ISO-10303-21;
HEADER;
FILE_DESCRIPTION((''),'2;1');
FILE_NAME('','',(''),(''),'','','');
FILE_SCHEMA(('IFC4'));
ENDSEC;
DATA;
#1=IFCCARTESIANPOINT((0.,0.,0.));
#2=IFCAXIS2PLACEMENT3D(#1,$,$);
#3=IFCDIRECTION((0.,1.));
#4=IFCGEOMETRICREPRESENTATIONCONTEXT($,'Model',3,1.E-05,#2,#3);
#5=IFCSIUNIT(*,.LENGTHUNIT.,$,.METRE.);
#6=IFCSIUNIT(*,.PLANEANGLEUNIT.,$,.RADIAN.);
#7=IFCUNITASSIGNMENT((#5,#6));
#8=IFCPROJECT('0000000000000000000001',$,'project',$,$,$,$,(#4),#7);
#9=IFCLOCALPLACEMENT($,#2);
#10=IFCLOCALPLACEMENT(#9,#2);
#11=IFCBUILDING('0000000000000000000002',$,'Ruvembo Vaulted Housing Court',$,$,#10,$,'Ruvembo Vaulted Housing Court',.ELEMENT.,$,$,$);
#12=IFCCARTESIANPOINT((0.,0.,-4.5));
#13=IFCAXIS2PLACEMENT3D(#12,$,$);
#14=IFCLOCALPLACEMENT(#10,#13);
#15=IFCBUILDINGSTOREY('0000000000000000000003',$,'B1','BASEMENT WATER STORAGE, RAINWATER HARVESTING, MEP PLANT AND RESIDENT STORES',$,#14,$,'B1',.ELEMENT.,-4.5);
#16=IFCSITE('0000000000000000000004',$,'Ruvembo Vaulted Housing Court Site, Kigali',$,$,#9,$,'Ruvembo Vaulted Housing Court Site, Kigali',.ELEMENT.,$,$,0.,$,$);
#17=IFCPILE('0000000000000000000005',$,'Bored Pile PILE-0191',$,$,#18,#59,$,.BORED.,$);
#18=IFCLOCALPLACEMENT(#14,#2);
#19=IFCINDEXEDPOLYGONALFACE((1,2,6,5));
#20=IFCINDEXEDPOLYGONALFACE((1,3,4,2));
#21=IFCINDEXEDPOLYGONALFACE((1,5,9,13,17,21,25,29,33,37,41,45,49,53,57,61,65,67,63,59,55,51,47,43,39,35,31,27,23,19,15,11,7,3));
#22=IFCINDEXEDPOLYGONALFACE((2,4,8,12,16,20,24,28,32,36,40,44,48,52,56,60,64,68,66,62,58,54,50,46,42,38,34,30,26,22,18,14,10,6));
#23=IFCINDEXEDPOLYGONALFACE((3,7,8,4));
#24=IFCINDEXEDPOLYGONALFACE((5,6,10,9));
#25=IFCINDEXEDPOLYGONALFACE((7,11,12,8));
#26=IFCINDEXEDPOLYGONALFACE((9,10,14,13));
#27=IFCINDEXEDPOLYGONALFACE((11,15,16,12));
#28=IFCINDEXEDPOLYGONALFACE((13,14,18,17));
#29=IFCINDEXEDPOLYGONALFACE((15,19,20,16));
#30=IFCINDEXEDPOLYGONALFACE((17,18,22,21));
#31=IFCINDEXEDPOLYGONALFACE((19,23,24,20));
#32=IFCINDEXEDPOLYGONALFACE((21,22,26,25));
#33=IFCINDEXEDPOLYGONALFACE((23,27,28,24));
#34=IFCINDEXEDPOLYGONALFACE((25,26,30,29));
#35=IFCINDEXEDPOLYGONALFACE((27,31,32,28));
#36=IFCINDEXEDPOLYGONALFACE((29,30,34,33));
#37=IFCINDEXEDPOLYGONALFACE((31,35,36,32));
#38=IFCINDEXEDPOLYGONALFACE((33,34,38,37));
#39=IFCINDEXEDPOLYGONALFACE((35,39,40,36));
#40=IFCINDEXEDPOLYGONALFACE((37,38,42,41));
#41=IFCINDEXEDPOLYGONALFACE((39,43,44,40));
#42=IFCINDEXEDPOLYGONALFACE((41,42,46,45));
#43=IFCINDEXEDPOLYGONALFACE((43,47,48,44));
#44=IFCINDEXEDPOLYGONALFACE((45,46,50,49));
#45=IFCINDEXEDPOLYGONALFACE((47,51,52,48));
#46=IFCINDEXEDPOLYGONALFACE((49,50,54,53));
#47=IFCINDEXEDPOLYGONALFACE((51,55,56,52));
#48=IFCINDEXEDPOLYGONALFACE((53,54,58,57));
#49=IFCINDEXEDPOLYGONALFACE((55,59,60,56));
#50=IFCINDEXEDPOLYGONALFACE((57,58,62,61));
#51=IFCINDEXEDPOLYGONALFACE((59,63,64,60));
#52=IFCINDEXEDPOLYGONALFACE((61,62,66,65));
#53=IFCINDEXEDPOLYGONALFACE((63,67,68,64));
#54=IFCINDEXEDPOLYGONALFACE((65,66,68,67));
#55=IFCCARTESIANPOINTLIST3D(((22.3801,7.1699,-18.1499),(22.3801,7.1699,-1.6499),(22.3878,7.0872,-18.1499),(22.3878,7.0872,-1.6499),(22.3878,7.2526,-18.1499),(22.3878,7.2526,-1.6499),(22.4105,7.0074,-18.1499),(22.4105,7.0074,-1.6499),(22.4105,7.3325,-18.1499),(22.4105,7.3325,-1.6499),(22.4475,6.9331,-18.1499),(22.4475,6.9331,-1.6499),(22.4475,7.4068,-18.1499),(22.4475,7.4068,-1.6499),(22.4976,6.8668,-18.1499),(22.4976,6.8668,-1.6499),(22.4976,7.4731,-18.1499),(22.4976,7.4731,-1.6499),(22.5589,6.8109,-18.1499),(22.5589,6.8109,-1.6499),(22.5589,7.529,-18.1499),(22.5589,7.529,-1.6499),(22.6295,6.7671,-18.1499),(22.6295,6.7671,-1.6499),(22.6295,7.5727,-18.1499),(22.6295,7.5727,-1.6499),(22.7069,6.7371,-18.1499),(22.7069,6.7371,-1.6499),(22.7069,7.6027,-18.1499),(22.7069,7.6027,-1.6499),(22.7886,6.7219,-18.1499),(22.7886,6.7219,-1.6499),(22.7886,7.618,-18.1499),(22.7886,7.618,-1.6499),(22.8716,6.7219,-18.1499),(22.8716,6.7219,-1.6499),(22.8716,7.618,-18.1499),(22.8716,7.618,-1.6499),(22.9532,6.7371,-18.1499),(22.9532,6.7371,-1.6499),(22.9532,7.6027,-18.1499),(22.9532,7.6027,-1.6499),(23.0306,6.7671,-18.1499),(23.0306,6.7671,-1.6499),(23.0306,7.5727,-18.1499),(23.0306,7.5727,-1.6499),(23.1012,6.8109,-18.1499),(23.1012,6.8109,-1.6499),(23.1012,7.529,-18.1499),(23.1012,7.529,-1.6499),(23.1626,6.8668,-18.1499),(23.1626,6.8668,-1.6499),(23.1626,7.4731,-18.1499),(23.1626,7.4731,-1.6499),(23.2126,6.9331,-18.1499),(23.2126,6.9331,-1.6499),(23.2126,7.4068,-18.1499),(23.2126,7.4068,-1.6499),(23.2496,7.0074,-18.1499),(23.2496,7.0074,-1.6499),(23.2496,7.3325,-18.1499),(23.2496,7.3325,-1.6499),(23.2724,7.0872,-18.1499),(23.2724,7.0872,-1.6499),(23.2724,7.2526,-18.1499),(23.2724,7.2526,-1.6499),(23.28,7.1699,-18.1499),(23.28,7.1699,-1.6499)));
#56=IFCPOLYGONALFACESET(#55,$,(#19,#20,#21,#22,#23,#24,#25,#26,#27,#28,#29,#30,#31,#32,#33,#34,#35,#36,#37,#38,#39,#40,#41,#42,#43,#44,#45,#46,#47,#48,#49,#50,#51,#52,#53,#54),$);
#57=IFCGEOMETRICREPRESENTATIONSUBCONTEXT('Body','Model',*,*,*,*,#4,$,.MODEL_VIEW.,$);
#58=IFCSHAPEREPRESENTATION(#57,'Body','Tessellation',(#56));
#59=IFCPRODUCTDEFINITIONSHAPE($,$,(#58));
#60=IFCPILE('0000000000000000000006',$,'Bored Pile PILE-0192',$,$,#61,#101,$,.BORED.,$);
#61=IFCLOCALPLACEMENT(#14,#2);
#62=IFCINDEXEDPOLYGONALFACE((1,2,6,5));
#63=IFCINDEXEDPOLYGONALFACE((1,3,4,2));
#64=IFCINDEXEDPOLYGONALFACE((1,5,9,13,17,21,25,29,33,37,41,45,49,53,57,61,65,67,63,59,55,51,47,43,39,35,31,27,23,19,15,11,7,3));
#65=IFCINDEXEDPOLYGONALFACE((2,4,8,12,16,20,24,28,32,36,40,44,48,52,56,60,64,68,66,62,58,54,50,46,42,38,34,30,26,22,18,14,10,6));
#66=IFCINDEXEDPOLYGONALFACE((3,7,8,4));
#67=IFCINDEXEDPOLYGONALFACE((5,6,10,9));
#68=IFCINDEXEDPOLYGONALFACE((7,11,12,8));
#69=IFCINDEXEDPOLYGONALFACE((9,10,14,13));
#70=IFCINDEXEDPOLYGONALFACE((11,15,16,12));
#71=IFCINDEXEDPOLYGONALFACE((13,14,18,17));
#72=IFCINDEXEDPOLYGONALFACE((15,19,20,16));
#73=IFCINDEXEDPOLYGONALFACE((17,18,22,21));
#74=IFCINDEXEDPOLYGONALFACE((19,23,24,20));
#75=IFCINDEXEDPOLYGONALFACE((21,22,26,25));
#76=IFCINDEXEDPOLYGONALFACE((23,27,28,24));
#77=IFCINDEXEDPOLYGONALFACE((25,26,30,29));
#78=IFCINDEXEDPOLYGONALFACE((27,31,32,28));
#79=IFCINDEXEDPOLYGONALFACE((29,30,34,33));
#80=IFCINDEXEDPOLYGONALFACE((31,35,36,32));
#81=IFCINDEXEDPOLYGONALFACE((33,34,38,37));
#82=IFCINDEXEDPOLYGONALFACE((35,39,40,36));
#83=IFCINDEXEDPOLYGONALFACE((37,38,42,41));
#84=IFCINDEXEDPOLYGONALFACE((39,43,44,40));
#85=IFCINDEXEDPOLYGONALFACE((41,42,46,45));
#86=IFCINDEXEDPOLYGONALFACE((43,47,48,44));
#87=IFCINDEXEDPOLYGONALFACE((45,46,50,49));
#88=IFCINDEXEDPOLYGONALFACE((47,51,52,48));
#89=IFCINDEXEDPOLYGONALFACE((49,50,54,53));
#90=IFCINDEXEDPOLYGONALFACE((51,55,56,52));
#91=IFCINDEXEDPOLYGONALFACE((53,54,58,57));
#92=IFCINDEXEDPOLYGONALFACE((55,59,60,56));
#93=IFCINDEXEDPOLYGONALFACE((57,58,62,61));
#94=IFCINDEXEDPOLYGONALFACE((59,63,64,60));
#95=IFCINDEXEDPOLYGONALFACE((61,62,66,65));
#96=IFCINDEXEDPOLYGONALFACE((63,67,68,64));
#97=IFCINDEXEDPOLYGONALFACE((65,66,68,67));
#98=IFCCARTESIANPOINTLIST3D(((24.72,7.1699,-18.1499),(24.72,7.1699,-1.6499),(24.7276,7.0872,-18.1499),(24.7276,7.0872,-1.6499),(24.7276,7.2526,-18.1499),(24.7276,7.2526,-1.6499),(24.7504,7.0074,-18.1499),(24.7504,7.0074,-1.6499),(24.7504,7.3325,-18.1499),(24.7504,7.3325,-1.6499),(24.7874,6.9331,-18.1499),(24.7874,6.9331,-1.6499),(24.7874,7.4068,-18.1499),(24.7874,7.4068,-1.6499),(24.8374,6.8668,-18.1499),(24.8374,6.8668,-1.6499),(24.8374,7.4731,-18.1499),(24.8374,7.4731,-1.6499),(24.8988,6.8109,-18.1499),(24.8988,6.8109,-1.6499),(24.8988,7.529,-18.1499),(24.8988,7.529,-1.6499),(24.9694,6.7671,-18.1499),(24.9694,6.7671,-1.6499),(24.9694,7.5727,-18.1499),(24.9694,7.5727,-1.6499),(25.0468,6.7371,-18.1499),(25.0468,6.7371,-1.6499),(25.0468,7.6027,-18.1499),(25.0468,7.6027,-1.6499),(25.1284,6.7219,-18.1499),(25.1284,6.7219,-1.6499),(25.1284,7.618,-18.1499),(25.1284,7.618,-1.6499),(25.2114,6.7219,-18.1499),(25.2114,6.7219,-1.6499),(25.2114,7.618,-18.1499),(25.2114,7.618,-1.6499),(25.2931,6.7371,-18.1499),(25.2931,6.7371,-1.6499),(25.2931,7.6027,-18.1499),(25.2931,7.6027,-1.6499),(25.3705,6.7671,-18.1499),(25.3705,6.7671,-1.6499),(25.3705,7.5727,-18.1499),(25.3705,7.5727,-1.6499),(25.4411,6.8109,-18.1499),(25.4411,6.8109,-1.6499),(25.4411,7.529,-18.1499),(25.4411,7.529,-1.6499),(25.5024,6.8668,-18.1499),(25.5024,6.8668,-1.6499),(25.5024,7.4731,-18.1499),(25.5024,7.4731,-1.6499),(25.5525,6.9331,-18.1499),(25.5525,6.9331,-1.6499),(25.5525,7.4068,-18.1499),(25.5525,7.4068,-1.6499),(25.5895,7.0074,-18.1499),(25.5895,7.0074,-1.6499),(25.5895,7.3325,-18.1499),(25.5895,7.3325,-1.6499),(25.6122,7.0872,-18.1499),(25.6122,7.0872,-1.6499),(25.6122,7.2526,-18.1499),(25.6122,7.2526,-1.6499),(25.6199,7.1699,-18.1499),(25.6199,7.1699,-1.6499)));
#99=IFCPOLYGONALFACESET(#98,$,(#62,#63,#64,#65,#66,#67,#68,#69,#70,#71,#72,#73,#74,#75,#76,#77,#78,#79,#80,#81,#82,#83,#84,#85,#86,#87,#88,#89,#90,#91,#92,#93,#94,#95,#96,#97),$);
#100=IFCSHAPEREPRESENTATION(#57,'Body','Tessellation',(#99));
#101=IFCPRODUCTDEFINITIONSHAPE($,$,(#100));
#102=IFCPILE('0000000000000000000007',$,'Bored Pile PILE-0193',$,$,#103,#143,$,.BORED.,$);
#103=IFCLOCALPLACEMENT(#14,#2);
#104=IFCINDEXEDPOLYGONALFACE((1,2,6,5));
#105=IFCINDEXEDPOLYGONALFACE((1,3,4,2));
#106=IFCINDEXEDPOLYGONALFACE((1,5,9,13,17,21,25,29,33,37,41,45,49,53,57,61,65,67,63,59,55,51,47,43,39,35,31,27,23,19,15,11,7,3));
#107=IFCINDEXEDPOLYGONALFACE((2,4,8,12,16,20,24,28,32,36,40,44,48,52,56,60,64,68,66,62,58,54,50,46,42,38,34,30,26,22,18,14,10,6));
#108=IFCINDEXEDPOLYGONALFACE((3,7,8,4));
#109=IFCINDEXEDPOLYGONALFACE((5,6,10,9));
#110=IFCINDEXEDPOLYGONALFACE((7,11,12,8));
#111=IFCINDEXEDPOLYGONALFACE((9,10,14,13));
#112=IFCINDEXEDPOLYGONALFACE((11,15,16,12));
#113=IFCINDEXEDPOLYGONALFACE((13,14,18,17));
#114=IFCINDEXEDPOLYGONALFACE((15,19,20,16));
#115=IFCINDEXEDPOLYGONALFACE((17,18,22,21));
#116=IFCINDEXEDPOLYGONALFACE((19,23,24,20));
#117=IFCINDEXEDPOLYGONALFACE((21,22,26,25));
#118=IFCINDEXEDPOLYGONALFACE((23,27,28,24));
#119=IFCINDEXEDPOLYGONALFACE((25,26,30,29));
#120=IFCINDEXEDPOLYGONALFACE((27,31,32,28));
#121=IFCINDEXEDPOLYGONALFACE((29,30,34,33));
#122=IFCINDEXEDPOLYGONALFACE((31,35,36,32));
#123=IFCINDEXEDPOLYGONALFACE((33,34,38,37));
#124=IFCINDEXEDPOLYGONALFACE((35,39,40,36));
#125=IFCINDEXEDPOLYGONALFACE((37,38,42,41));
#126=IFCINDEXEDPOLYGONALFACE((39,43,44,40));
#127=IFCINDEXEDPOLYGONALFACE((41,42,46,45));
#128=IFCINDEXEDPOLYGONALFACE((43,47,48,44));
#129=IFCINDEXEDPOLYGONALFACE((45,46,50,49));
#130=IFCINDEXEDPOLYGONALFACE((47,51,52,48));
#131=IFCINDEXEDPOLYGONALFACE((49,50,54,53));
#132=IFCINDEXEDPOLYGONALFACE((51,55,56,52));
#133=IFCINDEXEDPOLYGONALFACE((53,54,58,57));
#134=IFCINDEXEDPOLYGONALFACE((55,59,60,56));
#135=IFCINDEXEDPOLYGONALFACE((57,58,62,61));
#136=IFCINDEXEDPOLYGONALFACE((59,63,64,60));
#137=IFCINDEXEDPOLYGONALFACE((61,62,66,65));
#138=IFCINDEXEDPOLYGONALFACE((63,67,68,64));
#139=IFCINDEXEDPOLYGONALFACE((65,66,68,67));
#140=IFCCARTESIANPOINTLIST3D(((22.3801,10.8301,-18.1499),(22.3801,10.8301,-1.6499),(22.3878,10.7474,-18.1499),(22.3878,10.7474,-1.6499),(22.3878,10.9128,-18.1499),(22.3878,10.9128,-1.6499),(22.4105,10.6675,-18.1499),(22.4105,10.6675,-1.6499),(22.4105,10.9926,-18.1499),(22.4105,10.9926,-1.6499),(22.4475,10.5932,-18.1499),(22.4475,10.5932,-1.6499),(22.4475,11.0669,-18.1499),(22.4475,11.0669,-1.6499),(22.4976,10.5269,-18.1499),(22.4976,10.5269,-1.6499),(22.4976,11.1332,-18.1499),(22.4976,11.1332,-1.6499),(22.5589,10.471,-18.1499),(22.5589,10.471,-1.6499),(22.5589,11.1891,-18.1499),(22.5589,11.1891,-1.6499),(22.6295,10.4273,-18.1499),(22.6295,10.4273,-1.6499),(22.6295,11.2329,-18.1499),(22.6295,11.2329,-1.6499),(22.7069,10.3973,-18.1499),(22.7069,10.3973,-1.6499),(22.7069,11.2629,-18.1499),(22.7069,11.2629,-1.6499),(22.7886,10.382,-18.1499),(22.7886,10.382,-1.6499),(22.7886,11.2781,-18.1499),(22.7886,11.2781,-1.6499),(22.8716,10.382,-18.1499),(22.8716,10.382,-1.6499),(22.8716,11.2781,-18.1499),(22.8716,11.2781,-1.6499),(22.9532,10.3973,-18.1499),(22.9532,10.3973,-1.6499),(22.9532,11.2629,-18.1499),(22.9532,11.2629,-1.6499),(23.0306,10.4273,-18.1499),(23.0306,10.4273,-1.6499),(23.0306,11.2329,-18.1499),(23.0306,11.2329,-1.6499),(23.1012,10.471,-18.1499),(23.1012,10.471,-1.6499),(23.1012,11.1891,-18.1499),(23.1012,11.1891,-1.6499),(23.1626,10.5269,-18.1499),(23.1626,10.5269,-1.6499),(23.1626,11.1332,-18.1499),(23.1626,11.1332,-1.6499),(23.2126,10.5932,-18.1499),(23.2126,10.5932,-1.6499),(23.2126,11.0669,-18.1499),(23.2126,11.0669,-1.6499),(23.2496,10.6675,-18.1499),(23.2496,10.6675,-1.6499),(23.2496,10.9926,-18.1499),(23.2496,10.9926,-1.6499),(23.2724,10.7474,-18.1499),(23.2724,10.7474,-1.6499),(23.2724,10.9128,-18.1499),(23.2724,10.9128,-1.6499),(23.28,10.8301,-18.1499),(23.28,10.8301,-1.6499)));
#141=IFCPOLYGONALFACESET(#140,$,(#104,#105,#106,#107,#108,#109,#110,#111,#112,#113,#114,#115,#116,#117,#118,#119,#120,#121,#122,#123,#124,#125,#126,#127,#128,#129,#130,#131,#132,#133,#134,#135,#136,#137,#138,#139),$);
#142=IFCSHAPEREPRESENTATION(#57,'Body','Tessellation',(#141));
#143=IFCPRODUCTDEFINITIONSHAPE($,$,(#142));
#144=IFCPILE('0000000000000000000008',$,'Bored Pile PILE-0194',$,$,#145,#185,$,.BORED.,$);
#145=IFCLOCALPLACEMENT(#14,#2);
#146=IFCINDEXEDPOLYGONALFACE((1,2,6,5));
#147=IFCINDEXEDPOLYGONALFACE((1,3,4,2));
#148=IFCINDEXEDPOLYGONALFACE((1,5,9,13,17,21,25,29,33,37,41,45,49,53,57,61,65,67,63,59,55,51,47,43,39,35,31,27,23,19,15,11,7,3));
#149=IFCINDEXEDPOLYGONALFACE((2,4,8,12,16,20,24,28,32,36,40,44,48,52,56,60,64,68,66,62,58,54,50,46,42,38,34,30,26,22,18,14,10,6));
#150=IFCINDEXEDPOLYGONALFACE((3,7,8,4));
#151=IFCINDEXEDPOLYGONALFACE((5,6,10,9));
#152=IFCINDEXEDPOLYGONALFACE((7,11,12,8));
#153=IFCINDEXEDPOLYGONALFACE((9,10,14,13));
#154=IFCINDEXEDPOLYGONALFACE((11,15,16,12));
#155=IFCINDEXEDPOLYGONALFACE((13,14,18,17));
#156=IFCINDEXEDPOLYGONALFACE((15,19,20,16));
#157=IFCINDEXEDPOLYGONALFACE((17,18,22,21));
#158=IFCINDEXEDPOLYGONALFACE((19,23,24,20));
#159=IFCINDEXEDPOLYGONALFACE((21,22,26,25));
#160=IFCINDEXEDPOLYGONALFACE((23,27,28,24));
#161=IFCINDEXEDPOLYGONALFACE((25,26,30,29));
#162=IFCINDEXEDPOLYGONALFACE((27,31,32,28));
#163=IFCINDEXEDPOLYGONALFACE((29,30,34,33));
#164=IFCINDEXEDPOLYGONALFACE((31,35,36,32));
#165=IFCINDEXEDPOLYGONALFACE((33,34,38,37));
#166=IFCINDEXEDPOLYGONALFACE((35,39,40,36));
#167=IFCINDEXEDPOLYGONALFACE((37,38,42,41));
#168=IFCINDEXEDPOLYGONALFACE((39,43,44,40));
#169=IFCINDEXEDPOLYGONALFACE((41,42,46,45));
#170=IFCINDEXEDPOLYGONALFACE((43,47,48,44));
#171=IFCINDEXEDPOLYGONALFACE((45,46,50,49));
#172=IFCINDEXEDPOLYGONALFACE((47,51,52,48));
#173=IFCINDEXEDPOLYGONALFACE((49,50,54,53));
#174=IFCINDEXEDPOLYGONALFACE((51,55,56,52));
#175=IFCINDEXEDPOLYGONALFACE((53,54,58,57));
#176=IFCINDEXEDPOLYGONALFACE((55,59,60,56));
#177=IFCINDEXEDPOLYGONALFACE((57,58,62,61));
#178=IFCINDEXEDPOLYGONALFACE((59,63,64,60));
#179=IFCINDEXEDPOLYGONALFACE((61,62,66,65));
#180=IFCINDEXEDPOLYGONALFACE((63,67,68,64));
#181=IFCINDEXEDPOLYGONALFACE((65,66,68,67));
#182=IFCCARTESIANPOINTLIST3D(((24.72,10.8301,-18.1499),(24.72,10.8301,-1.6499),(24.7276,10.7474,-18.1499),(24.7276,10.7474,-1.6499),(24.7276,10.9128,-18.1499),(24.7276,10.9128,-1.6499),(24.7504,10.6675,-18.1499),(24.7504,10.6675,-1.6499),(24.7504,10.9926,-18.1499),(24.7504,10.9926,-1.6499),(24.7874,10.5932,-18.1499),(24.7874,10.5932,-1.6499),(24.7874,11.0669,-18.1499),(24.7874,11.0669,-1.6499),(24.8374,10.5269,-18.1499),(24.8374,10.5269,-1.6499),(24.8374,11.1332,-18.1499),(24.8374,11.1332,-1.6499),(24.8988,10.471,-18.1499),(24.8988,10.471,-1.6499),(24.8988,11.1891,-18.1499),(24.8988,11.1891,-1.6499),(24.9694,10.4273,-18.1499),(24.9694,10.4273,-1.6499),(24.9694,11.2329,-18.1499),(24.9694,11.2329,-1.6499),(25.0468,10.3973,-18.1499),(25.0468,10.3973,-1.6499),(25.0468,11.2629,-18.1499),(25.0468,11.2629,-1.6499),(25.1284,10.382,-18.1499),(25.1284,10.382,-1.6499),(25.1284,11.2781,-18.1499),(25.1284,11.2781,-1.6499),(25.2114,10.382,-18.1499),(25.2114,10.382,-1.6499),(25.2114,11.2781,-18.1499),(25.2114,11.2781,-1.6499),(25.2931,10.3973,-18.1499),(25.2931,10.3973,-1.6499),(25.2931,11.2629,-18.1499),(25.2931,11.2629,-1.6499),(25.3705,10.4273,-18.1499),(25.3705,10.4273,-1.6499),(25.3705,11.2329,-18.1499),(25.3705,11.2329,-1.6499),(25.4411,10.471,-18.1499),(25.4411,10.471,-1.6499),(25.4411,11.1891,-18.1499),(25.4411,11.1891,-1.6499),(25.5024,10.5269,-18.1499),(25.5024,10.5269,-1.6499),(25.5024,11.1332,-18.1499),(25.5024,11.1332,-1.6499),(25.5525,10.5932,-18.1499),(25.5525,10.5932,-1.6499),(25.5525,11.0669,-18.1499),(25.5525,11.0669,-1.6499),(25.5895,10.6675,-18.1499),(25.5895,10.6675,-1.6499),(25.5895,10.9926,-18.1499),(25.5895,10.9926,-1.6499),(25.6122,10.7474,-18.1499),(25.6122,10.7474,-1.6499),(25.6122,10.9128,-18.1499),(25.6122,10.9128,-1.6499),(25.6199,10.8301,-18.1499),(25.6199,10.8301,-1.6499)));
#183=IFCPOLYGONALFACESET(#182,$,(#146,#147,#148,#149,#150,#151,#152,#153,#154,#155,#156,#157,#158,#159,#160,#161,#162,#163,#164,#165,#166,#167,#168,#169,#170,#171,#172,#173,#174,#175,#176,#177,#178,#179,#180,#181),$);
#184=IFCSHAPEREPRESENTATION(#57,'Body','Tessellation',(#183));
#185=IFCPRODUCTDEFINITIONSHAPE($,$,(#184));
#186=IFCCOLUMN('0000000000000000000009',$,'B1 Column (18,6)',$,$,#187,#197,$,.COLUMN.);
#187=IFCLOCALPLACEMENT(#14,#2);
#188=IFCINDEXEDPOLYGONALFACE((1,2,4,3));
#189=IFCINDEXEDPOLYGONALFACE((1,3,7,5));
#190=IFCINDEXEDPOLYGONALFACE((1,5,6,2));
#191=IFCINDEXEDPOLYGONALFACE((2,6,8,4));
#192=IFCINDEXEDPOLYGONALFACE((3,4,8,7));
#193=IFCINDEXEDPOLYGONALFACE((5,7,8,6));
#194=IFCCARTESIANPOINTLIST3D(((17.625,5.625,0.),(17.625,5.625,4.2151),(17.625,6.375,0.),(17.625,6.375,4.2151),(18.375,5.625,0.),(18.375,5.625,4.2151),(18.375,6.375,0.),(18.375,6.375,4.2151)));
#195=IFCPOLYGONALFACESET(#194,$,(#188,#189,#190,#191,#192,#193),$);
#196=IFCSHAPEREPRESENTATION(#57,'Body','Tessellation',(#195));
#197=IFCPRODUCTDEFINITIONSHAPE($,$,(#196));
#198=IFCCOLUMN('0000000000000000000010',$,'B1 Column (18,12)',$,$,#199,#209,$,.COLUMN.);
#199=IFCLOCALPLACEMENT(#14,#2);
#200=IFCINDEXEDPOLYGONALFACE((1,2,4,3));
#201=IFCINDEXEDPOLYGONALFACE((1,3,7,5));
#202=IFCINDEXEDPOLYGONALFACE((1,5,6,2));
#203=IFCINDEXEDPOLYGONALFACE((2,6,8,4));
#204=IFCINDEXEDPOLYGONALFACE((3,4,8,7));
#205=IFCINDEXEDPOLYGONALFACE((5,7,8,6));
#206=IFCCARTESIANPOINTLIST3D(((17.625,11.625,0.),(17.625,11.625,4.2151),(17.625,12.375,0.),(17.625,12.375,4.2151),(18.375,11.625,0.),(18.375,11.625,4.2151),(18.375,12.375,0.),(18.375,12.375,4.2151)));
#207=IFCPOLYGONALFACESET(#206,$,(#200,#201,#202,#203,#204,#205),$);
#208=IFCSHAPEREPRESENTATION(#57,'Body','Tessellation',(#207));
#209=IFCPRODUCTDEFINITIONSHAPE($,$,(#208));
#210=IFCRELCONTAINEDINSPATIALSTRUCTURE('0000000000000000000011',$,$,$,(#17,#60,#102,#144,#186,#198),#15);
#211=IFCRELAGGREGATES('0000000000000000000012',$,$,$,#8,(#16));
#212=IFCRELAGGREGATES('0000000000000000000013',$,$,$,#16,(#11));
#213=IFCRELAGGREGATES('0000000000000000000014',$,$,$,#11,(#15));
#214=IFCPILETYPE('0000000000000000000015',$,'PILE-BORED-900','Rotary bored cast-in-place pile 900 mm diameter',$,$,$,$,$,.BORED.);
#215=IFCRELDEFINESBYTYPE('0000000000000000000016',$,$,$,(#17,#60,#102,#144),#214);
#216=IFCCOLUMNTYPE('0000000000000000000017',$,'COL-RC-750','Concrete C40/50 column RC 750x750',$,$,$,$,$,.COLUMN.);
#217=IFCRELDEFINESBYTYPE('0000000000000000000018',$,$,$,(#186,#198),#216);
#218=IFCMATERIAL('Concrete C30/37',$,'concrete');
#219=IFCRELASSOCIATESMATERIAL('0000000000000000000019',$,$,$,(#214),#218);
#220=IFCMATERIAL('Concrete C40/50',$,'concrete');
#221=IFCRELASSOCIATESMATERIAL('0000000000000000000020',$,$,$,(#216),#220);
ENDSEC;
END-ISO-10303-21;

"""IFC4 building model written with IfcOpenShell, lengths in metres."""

from ifc_helpers import new_model, si_unit, direction, frame, origin, origin_2d, place, context, subcontext, project, spatial, rectangle, circle, extrude, material, material_profile, profile_set, type_object, element, save


model = new_model("IFC4")

# Units and contexts
model_context = context("Model", 3, precision=1e-05, world=origin(), true_north=direction((0.0, 1.0)))
body_context = subcontext(model_context, "Body", "Model", "MODEL_VIEW")
ifc_project = project(units=[si_unit("LENGTHUNIT", "METRE"), si_unit("PLANEANGLEUNIT", "RADIAN")], contexts=[model_context])

# Site, building, storey
site_placement = place(None, origin())
site = spatial("IfcSite", under=ifc_project, at=site_placement, Name="Ruvembo Vaulted Housing Court Site, Kigali", LongName="Ruvembo Vaulted Housing Court Site, Kigali", CompositionType="ELEMENT", RefElevation=0.0)
building_placement = place(site_placement, origin())
building = spatial("IfcBuilding", under=site, at=building_placement, Name="Ruvembo Vaulted Housing Court", LongName="Ruvembo Vaulted Housing Court", CompositionType="ELEMENT")
storey_placement = place(building_placement, frame((0.0, 0.0, -4.5)))
storey = spatial("IfcBuildingStorey", under=building, at=storey_placement, Name="B1", Description="BASEMENT WATER STORAGE, RAINWATER HARVESTING, MEP PLANT AND RESIDENT STORES", LongName="B1", CompositionType="ELEMENT", Elevation=-4.5)

# Piles
ifc_material_1 = material(Name="Concrete C30/37", Category="concrete")
ifc_material_profile_1 = material_profile(ifc_material_1, circle(Radius=0.45, at=origin_2d()), Name="PILE D900")
ifc_profile_set_1 = profile_set([ifc_material_profile_1], Name="Concrete C30/37")
pile_type = type_object("IfcPileType", Name="PILE-BORED-900", Description="Rotary bored cast-in-place pile 900 mm diameter", PredefinedType="BORED", material=ifc_profile_set_1)
for number, where, z_axis, x_axis, name in (
    (1, (22.8301, 7.1699, -1.6499), (0.0, 0.0, -1.0), (1.0, 0.0, 0.0), "Bored Pile PILE-0191"),
    (2, (25.1699, 7.1699, -1.6499), (0.0, 0.0, -1.0), (1.0, 0.0, 0.0), "Bored Pile PILE-0192"),
    (3, (22.8301, 10.8301, -1.6499), (0.0, 0.0, -1.0), (1.0, 0.0, 0.0), "Bored Pile PILE-0193"),
    (4, (25.1699, 10.8301, -1.6499), (0.0, 0.0, -1.0), (1.0, 0.0, 0.0), "Bored Pile PILE-0194"),
):
    element("IfcPile", number, at=place(storey_placement, frame(where, z_axis=z_axis, x_axis=x_axis)), inside=storey, type_object=pile_type, Name=name, PredefinedType="BORED", context=body_context, shape_type="SweptSolid", body=[
        extrude(circle(Radius=0.45, at=origin_2d()), origin(), (0.0, 0.0, 1.0), 16.5),
    ])

# Columns
ifc_material_2 = material(Name="Concrete C40/50", Category="concrete")
ifc_material_profile_2 = material_profile(ifc_material_2, rectangle(XDim=0.75, YDim=0.75, at=origin_2d()), Name="RC 750x750")
ifc_profile_set_2 = profile_set([ifc_material_profile_2], Name="Concrete C40/50")
column_type = type_object("IfcColumnType", Name="COL-RC-750", Description="Concrete C40/50 column RC 750x750", PredefinedType="COLUMN", material=ifc_profile_set_2)
for number, where, z_axis, x_axis, name in (
    (5, (18.0, 6.0, 0.0), (0.0, 0.0, 1.0), (1.0, 0.0, 0.0), "B1 Column (18,6)"),
    (6, (18.0, 12.0, 0.0), (0.0, 0.0, 1.0), (1.0, 0.0, 0.0), "B1 Column (18,12)"),
):
    element("IfcColumn", number, at=place(storey_placement, frame(where, z_axis=z_axis, x_axis=x_axis)), inside=storey, type_object=column_type, Name=name, PredefinedType="COLUMN", context=body_context, shape_type="SweptSolid", body=[
        extrude(rectangle(XDim=0.75, YDim=0.75, at=origin_2d()), origin(), (0.0, 0.0, 1.0), 4.2151),
    ])

save(model, "model.ifc")
